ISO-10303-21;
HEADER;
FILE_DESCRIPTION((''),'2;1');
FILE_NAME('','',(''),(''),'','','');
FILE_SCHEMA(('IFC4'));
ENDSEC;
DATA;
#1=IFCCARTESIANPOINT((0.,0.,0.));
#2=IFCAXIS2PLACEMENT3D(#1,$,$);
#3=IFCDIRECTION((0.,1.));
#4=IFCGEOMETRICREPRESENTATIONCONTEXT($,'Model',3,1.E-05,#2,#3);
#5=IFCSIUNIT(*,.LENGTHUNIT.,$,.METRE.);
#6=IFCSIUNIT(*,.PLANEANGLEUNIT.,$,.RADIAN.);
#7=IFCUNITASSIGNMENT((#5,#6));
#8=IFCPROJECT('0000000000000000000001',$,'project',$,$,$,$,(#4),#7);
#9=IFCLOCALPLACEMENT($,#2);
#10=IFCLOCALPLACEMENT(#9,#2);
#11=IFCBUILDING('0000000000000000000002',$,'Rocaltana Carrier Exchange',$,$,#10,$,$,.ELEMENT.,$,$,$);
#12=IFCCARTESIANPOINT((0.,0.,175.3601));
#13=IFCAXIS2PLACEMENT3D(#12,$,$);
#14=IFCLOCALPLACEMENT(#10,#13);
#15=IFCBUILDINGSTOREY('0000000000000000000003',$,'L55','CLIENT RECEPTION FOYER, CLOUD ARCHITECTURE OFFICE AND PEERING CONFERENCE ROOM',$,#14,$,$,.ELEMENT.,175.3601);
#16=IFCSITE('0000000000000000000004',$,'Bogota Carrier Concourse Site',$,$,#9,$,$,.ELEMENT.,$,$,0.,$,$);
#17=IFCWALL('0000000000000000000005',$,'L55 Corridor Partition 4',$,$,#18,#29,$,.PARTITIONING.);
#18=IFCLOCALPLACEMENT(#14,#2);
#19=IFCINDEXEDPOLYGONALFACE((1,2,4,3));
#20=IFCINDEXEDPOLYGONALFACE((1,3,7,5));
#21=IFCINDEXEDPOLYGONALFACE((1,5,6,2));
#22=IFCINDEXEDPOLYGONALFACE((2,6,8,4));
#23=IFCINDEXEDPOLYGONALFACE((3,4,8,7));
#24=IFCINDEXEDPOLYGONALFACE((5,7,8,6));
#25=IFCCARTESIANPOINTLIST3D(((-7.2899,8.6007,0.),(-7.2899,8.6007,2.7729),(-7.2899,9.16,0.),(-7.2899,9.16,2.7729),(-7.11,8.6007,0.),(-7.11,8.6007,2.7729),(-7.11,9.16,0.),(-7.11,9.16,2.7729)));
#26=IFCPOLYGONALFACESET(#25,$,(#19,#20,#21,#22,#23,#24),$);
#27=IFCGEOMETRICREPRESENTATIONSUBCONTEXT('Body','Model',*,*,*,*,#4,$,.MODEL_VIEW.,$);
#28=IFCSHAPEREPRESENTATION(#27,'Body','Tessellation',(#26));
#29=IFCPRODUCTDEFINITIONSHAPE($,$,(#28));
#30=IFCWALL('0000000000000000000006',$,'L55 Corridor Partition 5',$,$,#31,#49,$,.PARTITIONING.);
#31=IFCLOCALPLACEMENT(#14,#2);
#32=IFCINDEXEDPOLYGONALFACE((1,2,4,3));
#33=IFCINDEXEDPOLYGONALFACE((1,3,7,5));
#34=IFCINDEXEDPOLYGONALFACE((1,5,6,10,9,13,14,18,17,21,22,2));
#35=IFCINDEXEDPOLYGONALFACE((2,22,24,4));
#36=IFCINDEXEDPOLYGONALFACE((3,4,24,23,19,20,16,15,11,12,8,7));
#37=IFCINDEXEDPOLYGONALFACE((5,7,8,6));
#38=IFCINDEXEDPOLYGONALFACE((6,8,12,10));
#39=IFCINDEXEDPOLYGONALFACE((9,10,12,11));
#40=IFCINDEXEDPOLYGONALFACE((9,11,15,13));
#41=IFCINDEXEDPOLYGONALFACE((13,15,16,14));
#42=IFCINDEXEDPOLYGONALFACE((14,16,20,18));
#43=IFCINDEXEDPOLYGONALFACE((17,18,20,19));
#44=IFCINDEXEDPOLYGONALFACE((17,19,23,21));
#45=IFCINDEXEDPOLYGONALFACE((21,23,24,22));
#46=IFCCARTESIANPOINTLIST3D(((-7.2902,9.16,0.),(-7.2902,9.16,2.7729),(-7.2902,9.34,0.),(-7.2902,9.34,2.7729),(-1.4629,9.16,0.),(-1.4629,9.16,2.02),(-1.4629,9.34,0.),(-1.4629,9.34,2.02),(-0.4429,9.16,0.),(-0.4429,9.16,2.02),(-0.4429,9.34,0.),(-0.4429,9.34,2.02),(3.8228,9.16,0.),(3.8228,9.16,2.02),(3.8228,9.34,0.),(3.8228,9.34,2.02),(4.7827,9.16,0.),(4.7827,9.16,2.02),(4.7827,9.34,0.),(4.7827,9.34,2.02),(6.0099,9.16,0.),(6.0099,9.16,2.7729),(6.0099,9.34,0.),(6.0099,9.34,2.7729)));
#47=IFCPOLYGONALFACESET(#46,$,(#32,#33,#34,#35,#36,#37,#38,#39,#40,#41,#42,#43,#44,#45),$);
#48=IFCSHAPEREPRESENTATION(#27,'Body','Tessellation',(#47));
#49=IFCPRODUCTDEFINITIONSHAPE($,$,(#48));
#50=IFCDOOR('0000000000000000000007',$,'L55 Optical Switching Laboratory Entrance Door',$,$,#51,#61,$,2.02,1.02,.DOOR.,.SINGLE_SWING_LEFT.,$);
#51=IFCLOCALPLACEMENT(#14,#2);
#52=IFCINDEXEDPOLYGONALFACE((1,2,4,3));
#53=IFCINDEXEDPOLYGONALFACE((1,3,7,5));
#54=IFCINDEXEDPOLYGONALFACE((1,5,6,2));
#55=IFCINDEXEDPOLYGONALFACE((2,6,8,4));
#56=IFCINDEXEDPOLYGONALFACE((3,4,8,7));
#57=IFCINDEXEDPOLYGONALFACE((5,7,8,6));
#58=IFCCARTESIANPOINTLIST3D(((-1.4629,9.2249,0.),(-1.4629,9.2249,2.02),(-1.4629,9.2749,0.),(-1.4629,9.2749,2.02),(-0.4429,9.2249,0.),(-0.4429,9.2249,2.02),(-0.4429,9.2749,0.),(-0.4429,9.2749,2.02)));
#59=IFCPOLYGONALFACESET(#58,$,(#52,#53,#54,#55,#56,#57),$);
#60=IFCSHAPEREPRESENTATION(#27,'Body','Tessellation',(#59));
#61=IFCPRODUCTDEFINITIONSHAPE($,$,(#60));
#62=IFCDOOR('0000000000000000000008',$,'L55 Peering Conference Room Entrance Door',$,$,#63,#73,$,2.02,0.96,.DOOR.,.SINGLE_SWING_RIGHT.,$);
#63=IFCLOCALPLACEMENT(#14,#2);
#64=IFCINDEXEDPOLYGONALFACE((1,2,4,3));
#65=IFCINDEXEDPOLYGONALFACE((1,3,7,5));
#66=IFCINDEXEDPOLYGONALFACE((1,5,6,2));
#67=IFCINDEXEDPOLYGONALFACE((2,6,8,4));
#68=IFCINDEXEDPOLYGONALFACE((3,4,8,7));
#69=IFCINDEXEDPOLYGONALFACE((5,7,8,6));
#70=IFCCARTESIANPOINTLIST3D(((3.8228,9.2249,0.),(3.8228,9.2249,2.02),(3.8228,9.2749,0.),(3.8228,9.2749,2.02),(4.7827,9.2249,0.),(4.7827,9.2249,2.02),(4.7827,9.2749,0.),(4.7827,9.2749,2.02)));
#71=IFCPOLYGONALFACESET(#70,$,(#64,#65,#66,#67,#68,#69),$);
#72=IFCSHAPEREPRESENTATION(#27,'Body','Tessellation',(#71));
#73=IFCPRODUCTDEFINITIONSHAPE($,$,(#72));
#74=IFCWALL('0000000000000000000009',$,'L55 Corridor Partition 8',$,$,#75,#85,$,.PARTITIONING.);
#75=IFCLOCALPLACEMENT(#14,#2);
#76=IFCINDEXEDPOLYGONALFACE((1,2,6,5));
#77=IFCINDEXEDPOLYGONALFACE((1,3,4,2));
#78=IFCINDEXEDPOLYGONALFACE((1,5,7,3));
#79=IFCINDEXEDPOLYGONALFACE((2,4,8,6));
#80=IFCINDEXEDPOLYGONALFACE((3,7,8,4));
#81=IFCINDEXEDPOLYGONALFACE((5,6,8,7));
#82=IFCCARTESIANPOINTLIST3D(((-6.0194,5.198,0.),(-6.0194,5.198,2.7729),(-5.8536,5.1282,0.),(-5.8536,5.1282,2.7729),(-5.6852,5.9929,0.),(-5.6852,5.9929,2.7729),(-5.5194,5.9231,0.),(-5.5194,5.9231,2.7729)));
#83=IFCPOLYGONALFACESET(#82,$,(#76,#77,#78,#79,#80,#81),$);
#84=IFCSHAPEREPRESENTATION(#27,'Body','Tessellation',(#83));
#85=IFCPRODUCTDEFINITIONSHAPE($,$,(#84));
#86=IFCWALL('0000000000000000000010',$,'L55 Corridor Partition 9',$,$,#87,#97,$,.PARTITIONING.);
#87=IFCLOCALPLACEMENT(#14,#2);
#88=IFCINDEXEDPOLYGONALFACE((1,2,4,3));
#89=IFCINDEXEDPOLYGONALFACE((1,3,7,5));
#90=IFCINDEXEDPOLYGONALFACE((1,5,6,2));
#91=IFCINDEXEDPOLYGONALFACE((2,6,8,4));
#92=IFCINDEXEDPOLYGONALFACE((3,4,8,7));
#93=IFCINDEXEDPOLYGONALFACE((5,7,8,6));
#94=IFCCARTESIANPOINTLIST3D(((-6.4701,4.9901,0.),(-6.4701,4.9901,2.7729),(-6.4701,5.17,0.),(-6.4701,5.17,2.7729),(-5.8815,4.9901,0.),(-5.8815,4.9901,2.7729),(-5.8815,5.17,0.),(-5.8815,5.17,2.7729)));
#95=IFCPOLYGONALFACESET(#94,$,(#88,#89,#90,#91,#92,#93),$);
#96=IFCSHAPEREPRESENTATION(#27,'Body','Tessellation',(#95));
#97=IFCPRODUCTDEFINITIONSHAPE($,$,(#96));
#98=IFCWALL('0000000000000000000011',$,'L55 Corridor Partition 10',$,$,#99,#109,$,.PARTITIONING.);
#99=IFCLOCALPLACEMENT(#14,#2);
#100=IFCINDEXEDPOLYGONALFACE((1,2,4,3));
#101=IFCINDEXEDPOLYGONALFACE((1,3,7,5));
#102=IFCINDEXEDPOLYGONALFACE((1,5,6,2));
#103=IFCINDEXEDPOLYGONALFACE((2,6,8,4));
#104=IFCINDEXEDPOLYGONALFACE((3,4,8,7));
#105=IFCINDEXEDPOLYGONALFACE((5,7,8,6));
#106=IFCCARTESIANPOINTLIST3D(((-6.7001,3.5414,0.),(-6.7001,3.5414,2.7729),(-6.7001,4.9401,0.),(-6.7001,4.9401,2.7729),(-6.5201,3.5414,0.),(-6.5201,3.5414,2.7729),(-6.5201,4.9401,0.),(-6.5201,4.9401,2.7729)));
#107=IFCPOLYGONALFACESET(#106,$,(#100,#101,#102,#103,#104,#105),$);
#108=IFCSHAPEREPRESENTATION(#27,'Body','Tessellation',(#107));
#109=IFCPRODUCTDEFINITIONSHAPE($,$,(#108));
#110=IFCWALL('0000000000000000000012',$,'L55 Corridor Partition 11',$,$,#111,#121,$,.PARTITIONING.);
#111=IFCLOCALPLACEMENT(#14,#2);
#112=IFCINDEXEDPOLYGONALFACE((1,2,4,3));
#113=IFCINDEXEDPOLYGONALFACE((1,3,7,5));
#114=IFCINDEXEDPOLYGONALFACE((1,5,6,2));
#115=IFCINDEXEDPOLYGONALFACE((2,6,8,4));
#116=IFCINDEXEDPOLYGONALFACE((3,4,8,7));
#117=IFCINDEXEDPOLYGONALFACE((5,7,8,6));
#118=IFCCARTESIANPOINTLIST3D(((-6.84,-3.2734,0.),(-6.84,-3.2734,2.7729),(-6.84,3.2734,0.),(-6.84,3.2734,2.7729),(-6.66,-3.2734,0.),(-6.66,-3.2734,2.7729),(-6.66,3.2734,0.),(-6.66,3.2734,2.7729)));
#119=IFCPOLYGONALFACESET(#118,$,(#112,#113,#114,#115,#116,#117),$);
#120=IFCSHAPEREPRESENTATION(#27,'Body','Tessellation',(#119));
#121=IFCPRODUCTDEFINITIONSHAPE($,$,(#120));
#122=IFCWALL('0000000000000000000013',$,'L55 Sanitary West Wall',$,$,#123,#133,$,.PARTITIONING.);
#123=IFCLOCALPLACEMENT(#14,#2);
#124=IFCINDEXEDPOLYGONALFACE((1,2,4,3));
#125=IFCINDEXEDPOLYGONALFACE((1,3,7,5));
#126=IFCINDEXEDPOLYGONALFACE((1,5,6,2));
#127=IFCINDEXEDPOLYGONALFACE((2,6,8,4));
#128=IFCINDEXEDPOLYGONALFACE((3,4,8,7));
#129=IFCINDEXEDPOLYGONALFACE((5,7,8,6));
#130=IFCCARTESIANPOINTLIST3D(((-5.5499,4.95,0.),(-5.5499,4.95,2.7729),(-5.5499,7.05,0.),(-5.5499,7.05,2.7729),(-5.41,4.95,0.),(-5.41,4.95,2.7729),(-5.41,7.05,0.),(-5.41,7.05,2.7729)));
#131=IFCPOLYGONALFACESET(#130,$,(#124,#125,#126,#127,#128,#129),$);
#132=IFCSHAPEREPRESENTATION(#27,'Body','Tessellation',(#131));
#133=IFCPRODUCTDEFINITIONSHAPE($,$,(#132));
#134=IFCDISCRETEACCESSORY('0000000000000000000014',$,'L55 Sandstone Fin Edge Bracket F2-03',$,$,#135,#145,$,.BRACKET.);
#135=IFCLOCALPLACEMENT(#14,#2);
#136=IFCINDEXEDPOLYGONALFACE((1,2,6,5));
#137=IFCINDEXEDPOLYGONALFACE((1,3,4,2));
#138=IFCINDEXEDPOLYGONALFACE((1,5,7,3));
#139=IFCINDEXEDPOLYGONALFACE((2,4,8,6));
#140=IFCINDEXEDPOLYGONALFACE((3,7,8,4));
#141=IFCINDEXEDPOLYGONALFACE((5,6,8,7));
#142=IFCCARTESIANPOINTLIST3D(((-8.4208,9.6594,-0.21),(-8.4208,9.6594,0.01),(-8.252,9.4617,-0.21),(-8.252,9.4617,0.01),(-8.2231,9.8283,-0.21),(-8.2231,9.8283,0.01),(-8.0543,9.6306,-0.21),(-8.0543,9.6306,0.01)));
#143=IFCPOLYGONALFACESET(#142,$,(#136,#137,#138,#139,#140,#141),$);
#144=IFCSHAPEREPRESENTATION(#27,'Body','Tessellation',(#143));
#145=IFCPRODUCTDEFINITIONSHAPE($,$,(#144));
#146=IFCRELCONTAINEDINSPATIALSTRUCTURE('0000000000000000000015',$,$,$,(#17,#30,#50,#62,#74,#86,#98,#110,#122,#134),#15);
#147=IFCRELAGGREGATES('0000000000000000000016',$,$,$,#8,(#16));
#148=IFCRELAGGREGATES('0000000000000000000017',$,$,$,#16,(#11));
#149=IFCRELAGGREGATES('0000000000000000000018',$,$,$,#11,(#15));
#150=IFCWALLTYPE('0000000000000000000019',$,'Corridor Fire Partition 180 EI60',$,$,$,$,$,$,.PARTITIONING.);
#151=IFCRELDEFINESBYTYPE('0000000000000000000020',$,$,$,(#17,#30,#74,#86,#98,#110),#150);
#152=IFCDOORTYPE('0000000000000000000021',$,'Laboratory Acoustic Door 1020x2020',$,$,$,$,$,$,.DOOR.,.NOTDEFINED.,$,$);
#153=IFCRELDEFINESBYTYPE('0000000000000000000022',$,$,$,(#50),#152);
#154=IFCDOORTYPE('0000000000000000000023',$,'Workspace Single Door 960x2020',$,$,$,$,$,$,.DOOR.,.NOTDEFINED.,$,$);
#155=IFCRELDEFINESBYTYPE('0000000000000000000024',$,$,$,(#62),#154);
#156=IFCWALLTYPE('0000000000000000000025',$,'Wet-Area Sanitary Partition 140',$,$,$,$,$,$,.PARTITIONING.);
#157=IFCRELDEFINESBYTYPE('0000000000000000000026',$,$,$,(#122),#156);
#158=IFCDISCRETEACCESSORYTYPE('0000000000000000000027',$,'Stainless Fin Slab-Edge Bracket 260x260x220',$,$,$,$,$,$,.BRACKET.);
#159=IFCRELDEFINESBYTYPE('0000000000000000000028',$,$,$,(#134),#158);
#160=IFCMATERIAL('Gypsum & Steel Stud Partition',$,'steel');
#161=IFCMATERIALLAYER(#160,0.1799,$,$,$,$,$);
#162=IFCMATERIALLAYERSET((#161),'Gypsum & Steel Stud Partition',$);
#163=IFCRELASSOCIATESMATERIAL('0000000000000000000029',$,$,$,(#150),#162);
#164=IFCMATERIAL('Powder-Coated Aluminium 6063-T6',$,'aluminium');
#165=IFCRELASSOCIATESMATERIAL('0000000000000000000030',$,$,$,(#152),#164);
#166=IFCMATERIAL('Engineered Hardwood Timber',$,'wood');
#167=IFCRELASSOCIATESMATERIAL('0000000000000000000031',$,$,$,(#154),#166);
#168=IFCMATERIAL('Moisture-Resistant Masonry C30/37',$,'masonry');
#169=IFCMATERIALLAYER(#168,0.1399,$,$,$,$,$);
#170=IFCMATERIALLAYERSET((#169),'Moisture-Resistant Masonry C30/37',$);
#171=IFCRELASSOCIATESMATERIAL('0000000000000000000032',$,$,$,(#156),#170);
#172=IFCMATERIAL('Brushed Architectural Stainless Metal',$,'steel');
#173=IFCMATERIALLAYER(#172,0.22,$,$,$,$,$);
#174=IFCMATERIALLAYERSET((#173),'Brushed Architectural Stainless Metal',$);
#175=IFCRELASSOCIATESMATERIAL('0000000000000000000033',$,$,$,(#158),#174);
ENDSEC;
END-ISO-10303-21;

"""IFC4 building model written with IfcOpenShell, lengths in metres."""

from ifc_helpers import new_model, si_unit, direction, frame, frame_2d, origin, origin_2d, place, context, subcontext, project, spatial, rectangle, extrude, material, layer, layer_set, type_object, element, fill, save


model = new_model("IFC4")

# Units and contexts
model_context = context("Model", 3, precision=1e-05, world=origin(), true_north=direction((0.0, 1.0)))
body_context = subcontext(model_context, "Body", "Model", "MODEL_VIEW")
ifc_project = project(units=[si_unit("LENGTHUNIT", "METRE"), si_unit("PLANEANGLEUNIT", "RADIAN")], contexts=[model_context])

# Site, building, storey
site_placement = place(None, origin())
site = spatial("IfcSite", under=ifc_project, at=site_placement, Name="Bogota Carrier Concourse Site", CompositionType="ELEMENT", RefElevation=0.0)
building_placement = place(site_placement, origin())
building = spatial("IfcBuilding", under=site, at=building_placement, Name="Rocaltana Carrier Exchange", CompositionType="ELEMENT")
storey_placement = place(building_placement, frame((0.0, 0.0, 175.3601)))
storey = spatial("IfcBuildingStorey", under=building, at=storey_placement, Name="L55", Description="CLIENT RECEPTION FOYER, CLOUD ARCHITECTURE OFFICE AND PEERING CONFERENCE ROOM", CompositionType="ELEMENT", Elevation=175.3601)

# Wall
ifc_material_1 = material(Name="Gypsum & Steel Stud Partition", Category="steel")
ifc_layer_1 = layer(ifc_material_1, 0.1799)
ifc_layer_set_1 = layer_set([ifc_layer_1], Name="Gypsum & Steel Stud Partition")
wall_type_1 = type_object("IfcWallType", Name="Corridor Fire Partition 180 EI60", PredefinedType="PARTITIONING", material=ifc_layer_set_1)
wall_1_placement = place(storey_placement, frame((-7.2, 8.6006, 0.0), z_axis=(0.0, 0.0, 1.0), x_axis=(0.0, 1.0, 0.0)))
element("IfcWall", 1, at=wall_1_placement, inside=storey, type_object=wall_type_1, Name="L55 Corridor Partition 4", PredefinedType="PARTITIONING", context=body_context, shape_type="SweptSolid", body=[
    extrude(rectangle(XDim=0.5593, YDim=0.1799, at=frame_2d((0.2798, 0.0))), origin(), (0.0, 0.0, 1.0), 2.7729),
])

# Wall, openings, doors
wall_2_placement = place(storey_placement, frame((-7.29, 9.25, 0.0), z_axis=(0.0, 0.0, 1.0), x_axis=(1.0, 0.0, 0.0)))
wall_2 = element("IfcWall", 2, at=wall_2_placement, inside=storey, type_object=wall_type_1, Name="L55 Corridor Partition 5", PredefinedType="PARTITIONING", context=body_context, shape_type="SweptSolid", body=[
    extrude(rectangle(XDim=13.3, YDim=0.1799, at=frame_2d((6.6499, 0.0))), origin(), (0.0, 0.0, 1.0), 2.7729),
])
opening_1_placement = place(wall_2_placement, frame((11.1128, 0.0, 0.0)))
opening_1 = element("IfcOpeningElement", 3, at=opening_1_placement, cuts=wall_2, PredefinedType="OPENING", context=body_context, shape_type="SweptSolid", body=[
    extrude(rectangle(XDim=0.96, YDim=2.02, at=frame_2d((0.48, 1.01))), frame((0.0, 0.0999, 0.0), z_axis=(0.0, -1.0, 0.0), x_axis=(1.0, 0.0, 0.0)), (0.0, 0.0, 1.0), 0.2),
])
opening_2_placement = place(wall_2_placement, frame((5.8271, 0.0, 0.0)))
opening_2 = element("IfcOpeningElement", 4, at=opening_2_placement, cuts=wall_2, PredefinedType="OPENING", context=body_context, shape_type="SweptSolid", body=[
    extrude(rectangle(XDim=1.02, YDim=2.02, at=frame_2d((0.51, 1.01))), frame((0.0, 0.0999, 0.0), z_axis=(0.0, -1.0, 0.0), x_axis=(1.0, 0.0, 0.0)), (0.0, 0.0, 1.0), 0.2),
])
ifc_material_2 = material(Name="Powder-Coated Aluminium 6063-T6", Category="aluminium")
door_type_1 = type_object("IfcDoorType", Name="Laboratory Acoustic Door 1020x2020", OperationType="NOTDEFINED", PredefinedType="DOOR", material=ifc_material_2)
door_1_placement = place(opening_2_placement, origin())
door_1 = element("IfcDoor", 5, at=door_1_placement, inside=storey, type_object=door_type_1, Name="L55 Optical Switching Laboratory Entrance Door", OperationType="SINGLE_SWING_LEFT", OverallHeight=2.02, OverallWidth=1.02, PredefinedType="DOOR", context=body_context, shape_type="SweptSolid", body=[
    extrude(rectangle(XDim=1.02, YDim=2.02, at=frame_2d((0.51, 1.01))), frame((0.0, 0.0249, 0.0), z_axis=(0.0, -1.0, 0.0), x_axis=(1.0, 0.0, 0.0)), (0.0, 0.0, 1.0), 0.05),
])
fill(opening_2, door_1)
ifc_material_3 = material(Name="Engineered Hardwood Timber", Category="wood")
door_type_2 = type_object("IfcDoorType", Name="Workspace Single Door 960x2020", OperationType="NOTDEFINED", PredefinedType="DOOR", material=ifc_material_3)
door_2_placement = place(opening_1_placement, origin())
door_2 = element("IfcDoor", 6, at=door_2_placement, inside=storey, type_object=door_type_2, Name="L55 Peering Conference Room Entrance Door", OperationType="SINGLE_SWING_RIGHT", OverallHeight=2.02, OverallWidth=0.96, PredefinedType="DOOR", context=body_context, shape_type="SweptSolid", body=[
    extrude(rectangle(XDim=0.96, YDim=2.02, at=frame_2d((0.48, 1.01))), frame((0.0, 0.0249, 0.0), z_axis=(0.0, -1.0, 0.0), x_axis=(1.0, 0.0, 0.0)), (0.0, 0.0, 1.0), 0.05),
])
fill(opening_1, door_2)

# Walls
wall_3_placement = place(storey_placement, frame((-5.6023, 5.958, 0.0), z_axis=(0.0, 0.0, 1.0), x_axis=(-0.387589, -0.921832, 0.0)))
element("IfcWall", 7, at=wall_3_placement, inside=storey, type_object=wall_type_1, Name="L55 Corridor Partition 8", PredefinedType="PARTITIONING", context=body_context, shape_type="SweptSolid", body=[
    extrude(rectangle(XDim=0.8623, YDim=0.1799, at=frame_2d((0.4312, 0.0))), origin(), (0.0, 0.0, 1.0), 2.7729),
])
wall_4_placement = place(storey_placement, frame((-5.8813, 5.0801, 0.0), z_axis=(0.0, 0.0, 1.0), x_axis=(-1.0, 0.0, 0.0)))
element("IfcWall", 8, at=wall_4_placement, inside=storey, type_object=wall_type_1, Name="L55 Corridor Partition 9", PredefinedType="PARTITIONING", context=body_context, shape_type="SweptSolid", body=[
    extrude(rectangle(XDim=0.5886, YDim=0.1799, at=frame_2d((0.2944, 0.0))), origin(), (0.0, 0.0, 1.0), 2.7729),
])
wall_5_placement = place(storey_placement, frame((-6.6101, 4.9399, 0.0), z_axis=(0.0, 0.0, 1.0), x_axis=(0.0, -1.0, 0.0)))
element("IfcWall", 9, at=wall_5_placement, inside=storey, type_object=wall_type_1, Name="L55 Corridor Partition 10", PredefinedType="PARTITIONING", context=body_context, shape_type="SweptSolid", body=[
    extrude(rectangle(XDim=1.3987, YDim=0.1799, at=frame_2d((0.6992, 0.0))), origin(), (0.0, 0.0, 1.0), 2.7729),
])
wall_6_placement = place(storey_placement, frame((-6.75, 3.2734, 0.0), z_axis=(0.0, 0.0, 1.0), x_axis=(0.0, -1.0, 0.0)))
element("IfcWall", 10, at=wall_6_placement, inside=storey, type_object=wall_type_1, Name="L55 Corridor Partition 11", PredefinedType="PARTITIONING", context=body_context, shape_type="SweptSolid", body=[
    extrude(rectangle(XDim=6.5469, YDim=0.1799, at=frame_2d((3.2734, 0.0))), origin(), (0.0, 0.0, 1.0), 2.7729),
])
ifc_material_4 = material(Name="Moisture-Resistant Masonry C30/37", Category="masonry")
ifc_layer_2 = layer(ifc_material_4, 0.1399)
ifc_layer_set_2 = layer_set([ifc_layer_2], Name="Moisture-Resistant Masonry C30/37")
wall_type_2 = type_object("IfcWallType", Name="Wet-Area Sanitary Partition 140", PredefinedType="PARTITIONING", material=ifc_layer_set_2)
wall_7_placement = place(storey_placement, frame((-5.48, 4.95, 0.0), z_axis=(0.0, 0.0, 1.0), x_axis=(0.0, 1.0, 0.0)))
element("IfcWall", 11, at=wall_7_placement, inside=storey, type_object=wall_type_2, Name="L55 Sanitary West Wall", PredefinedType="PARTITIONING", context=body_context, shape_type="SweptSolid", body=[
    extrude(rectangle(XDim=2.1001, YDim=0.1399, at=frame_2d((1.05, 0.0))), origin(), (0.0, 0.0, 1.0), 2.7729),
])

# Discrete accessory
ifc_material_5 = material(Name="Brushed Architectural Stainless Metal", Category="steel")
ifc_layer_3 = layer(ifc_material_5, 0.22)
ifc_layer_set_3 = layer_set([ifc_layer_3], Name="Brushed Architectural Stainless Metal")
discrete_accessory_type = type_object("IfcDiscreteAccessoryType", Name="Stainless Fin Slab-Edge Bracket 260x260x220", PredefinedType="BRACKET", material=ifc_layer_set_3)
discrete_accessory_placement = place(storey_placement, frame((-8.2375, 9.645, -0.21), z_axis=(0.0, 0.0, 1.0), x_axis=(-0.760406, -0.649448, 0.0)))
element("IfcDiscreteAccessory", 12, at=discrete_accessory_placement, inside=storey, type_object=discrete_accessory_type, Name="L55 Sandstone Fin Edge Bracket F2-03", PredefinedType="BRACKET", context=body_context, shape_type="SweptSolid", body=[
    extrude(rectangle(XDim=0.26, YDim=0.26, at=origin_2d()), origin(), (0.0, 0.0, 1.0), 0.22),
])

save(model, "model.ifc")
